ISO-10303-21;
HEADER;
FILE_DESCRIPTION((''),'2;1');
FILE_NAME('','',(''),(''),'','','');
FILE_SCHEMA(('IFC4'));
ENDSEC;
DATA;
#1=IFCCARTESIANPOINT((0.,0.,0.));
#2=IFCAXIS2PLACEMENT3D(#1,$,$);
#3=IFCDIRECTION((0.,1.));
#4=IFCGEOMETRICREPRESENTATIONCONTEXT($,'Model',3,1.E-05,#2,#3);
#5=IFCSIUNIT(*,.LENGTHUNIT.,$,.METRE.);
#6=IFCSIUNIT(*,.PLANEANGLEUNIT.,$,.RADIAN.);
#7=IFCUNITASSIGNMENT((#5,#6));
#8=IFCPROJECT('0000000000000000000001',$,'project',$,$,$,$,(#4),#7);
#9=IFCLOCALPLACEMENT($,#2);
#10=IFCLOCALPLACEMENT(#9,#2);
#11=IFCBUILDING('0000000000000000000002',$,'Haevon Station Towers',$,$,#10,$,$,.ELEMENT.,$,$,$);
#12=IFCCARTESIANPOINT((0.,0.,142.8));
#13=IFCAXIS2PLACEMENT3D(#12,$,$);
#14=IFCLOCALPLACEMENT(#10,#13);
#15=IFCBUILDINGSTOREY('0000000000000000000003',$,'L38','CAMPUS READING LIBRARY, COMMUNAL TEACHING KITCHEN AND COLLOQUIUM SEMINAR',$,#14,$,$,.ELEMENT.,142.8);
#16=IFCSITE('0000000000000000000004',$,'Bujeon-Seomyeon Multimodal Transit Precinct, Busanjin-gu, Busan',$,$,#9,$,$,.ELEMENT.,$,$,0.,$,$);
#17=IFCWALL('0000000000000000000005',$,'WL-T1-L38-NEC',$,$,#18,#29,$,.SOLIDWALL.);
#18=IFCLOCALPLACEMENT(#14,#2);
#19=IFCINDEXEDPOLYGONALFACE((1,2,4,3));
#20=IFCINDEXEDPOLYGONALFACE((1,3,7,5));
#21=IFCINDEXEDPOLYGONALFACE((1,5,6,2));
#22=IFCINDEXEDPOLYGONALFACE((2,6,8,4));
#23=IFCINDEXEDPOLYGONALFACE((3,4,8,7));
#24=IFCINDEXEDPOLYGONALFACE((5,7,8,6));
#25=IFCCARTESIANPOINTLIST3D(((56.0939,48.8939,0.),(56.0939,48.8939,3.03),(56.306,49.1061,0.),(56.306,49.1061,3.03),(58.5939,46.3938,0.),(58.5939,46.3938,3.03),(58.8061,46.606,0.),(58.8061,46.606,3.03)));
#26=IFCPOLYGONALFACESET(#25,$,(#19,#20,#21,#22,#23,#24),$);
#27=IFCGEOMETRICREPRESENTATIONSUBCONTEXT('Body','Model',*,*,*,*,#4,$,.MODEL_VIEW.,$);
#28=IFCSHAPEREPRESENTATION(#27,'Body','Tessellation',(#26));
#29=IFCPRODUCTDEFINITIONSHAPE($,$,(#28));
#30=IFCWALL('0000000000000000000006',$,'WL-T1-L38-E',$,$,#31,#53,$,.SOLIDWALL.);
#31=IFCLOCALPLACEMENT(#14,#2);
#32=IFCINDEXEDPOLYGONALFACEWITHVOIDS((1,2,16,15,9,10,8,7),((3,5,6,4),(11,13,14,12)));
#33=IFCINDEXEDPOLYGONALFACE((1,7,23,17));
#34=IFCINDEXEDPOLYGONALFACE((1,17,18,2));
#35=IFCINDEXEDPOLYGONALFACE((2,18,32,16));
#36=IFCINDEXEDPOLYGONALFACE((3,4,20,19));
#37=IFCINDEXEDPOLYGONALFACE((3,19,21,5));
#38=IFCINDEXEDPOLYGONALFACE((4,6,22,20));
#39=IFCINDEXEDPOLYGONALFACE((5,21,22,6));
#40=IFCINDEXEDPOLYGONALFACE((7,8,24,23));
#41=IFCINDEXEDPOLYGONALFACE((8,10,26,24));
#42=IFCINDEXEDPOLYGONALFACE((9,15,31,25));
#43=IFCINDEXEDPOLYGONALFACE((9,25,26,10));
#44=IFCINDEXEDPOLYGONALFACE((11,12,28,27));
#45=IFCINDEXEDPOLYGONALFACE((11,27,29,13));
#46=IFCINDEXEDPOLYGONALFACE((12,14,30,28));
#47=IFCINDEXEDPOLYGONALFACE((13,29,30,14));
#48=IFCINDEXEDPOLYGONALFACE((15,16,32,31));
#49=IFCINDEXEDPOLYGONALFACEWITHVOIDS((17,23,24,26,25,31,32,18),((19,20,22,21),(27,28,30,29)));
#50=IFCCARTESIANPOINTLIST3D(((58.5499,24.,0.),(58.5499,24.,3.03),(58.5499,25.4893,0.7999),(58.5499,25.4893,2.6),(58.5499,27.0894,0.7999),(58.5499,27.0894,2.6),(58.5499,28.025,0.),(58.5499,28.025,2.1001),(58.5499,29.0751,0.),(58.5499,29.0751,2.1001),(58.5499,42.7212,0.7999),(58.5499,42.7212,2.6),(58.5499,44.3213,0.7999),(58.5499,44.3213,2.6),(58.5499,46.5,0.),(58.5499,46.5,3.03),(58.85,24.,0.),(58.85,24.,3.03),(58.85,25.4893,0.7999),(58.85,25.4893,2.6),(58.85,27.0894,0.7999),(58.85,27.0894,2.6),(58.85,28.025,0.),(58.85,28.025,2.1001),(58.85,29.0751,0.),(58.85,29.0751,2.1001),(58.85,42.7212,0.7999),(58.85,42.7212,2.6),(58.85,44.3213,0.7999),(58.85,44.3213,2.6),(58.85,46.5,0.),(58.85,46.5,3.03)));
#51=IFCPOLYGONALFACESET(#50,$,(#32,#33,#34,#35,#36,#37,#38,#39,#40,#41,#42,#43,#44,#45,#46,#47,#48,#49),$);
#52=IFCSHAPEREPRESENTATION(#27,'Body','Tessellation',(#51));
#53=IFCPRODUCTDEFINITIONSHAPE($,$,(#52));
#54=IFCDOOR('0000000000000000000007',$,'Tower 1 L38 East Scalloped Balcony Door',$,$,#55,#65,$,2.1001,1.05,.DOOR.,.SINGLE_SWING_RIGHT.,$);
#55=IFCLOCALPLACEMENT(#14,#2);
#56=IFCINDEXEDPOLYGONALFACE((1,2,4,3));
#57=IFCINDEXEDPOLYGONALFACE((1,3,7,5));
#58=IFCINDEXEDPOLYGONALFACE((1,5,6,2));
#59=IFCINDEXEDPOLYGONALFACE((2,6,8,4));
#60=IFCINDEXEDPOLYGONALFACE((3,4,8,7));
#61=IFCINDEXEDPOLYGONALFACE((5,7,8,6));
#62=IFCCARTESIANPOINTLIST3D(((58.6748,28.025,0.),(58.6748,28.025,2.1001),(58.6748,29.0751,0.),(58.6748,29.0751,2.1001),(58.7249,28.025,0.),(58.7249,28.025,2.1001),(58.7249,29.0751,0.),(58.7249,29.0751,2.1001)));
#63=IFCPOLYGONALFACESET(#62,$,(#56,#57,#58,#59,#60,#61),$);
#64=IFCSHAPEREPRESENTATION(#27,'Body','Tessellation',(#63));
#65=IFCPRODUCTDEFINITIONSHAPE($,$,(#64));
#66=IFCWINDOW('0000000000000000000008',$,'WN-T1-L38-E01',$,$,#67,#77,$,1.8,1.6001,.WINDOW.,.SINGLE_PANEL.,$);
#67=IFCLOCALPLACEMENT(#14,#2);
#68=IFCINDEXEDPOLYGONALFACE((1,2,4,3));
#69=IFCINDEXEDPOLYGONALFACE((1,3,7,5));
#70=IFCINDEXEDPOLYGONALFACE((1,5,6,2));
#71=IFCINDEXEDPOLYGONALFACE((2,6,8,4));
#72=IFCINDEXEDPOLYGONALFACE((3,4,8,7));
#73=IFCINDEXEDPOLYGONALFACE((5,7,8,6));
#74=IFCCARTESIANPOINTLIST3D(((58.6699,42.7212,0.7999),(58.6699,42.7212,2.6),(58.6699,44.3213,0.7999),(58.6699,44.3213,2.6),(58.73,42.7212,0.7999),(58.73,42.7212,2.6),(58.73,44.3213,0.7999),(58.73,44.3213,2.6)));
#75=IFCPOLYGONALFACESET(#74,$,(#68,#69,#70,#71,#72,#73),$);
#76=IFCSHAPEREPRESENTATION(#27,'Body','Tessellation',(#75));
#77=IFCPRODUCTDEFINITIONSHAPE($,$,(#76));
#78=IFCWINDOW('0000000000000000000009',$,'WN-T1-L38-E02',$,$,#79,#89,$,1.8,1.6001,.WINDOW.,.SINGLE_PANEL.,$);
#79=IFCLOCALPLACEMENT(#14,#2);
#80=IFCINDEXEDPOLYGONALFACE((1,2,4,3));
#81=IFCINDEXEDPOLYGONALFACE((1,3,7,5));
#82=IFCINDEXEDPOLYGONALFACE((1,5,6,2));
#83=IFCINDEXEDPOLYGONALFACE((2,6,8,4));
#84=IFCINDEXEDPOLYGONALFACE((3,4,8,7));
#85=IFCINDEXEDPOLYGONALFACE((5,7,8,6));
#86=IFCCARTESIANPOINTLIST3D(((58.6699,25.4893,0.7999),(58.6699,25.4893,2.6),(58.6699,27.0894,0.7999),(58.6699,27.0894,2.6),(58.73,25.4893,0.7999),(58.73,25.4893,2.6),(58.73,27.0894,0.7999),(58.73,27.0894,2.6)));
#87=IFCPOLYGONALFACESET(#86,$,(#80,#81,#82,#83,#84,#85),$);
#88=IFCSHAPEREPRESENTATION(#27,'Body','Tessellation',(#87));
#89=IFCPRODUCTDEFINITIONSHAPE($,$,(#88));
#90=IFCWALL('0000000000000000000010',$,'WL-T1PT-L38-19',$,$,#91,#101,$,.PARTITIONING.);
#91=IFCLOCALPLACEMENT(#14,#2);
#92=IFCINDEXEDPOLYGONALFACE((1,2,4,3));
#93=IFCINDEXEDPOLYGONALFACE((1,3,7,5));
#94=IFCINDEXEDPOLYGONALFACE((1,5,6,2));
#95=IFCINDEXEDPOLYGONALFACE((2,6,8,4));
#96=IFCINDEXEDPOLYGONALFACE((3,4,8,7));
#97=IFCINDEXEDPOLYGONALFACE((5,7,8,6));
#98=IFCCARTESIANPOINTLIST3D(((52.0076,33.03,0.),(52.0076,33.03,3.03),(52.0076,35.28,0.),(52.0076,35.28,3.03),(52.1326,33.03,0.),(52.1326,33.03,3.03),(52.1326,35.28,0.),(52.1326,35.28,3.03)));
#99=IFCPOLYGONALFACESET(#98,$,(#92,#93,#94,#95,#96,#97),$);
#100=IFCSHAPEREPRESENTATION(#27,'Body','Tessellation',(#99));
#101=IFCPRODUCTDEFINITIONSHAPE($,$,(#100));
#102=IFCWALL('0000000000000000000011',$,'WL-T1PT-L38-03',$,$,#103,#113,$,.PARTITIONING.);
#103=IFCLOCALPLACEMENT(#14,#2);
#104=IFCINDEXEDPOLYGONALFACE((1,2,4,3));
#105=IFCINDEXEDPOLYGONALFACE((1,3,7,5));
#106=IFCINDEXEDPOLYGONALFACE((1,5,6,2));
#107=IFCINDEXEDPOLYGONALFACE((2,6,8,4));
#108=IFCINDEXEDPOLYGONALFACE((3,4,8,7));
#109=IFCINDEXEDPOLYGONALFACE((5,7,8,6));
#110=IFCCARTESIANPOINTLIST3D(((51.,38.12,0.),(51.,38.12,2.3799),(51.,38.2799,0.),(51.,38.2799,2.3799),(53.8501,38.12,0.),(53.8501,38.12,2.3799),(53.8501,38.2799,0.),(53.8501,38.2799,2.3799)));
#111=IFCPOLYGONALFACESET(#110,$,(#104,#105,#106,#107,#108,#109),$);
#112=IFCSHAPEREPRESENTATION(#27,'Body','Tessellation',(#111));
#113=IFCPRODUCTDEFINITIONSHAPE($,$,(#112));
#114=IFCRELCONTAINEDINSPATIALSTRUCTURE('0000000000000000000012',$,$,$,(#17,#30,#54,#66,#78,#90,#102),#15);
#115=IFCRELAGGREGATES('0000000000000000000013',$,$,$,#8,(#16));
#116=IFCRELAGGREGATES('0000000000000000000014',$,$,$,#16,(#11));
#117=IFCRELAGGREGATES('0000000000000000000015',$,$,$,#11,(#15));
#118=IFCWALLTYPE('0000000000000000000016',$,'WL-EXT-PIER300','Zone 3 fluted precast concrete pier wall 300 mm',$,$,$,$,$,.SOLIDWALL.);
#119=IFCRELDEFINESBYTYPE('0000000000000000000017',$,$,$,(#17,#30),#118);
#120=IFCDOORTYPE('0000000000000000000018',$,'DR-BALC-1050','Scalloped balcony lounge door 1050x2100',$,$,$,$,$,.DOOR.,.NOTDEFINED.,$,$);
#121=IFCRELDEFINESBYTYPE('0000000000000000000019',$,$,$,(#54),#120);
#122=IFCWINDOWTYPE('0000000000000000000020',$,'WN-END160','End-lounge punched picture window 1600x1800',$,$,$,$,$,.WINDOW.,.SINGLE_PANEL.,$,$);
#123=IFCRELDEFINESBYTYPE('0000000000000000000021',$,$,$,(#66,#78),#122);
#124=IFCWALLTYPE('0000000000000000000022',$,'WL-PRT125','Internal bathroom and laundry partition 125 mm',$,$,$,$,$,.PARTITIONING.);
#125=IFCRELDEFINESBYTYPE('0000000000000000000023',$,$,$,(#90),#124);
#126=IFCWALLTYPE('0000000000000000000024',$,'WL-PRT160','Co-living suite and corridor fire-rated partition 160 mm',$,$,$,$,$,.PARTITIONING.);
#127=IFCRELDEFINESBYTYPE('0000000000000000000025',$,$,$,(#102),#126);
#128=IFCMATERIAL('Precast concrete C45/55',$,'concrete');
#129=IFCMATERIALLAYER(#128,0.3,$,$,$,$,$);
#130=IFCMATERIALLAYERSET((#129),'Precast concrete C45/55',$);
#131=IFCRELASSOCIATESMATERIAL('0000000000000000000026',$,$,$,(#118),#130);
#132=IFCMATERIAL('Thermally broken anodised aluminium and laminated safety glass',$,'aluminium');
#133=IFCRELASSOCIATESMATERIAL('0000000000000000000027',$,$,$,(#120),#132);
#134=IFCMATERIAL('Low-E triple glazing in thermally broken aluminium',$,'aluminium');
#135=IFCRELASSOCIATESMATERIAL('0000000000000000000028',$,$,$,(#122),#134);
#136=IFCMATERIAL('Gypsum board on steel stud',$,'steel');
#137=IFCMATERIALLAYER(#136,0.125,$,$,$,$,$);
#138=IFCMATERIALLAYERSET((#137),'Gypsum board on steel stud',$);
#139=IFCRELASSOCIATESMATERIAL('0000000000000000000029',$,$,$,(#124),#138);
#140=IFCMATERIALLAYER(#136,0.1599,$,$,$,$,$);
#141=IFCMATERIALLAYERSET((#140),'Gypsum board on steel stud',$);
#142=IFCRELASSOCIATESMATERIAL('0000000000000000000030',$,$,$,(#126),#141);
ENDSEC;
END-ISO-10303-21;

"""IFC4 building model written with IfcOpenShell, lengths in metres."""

from ifc_helpers import new_model, si_unit, direction, frame, frame_2d, origin, place, context, subcontext, project, spatial, rectangle, extrude, material, layer, layer_set, type_object, element, fill, save


model = new_model("IFC4")

# Units and contexts
model_context = context("Model", 3, precision=1e-05, world=origin(), true_north=direction((0.0, 1.0)))
body_context = subcontext(model_context, "Body", "Model", "MODEL_VIEW")
ifc_project = project(units=[si_unit("LENGTHUNIT", "METRE"), si_unit("PLANEANGLEUNIT", "RADIAN")], contexts=[model_context])

# Site, building, storey
site_placement = place(None, origin())
site = spatial("IfcSite", under=ifc_project, at=site_placement, Name="Bujeon-Seomyeon Multimodal Transit Precinct, Busanjin-gu, Busan", CompositionType="ELEMENT", RefElevation=0.0)
building_placement = place(site_placement, origin())
building = spatial("IfcBuilding", under=site, at=building_placement, Name="Haevon Station Towers", CompositionType="ELEMENT")
storey_placement = place(building_placement, frame((0.0, 0.0, 142.8)))
storey = spatial("IfcBuildingStorey", under=building, at=storey_placement, Name="L38", Description="CAMPUS READING LIBRARY, COMMUNAL TEACHING KITCHEN AND COLLOQUIUM SEMINAR", CompositionType="ELEMENT", Elevation=142.8)

# Wall
ifc_material_1 = material(Name="Precast concrete C45/55", Category="concrete")
ifc_layer_1 = layer(ifc_material_1, 0.3)
ifc_layer_set_1 = layer_set([ifc_layer_1], Name="Precast concrete C45/55")
wall_type_1 = type_object("IfcWallType", Name="WL-EXT-PIER300", Description="Zone 3 fluted precast concrete pier wall 300 mm", PredefinedType="SOLIDWALL", material=ifc_layer_set_1)
wall_1_placement = place(storey_placement, frame((56.2, 49.0, 0.0), z_axis=(0.0, 0.0, 1.0), x_axis=(0.707107, -0.707107, 0.0)))
element("IfcWall", 1, at=wall_1_placement, inside=storey, type_object=wall_type_1, Name="WL-T1-L38-NEC", PredefinedType="SOLIDWALL", context=body_context, shape_type="SweptSolid", body=[
    extrude(rectangle(XDim=3.5356, YDim=0.3, at=frame_2d((1.7678, 0.0))), origin(), (0.0, 0.0, 1.0), 3.03),
])

# Wall, openings, door, windows
wall_2_placement = place(storey_placement, frame((58.7, 46.5, 0.0), z_axis=(0.0, 0.0, 1.0), x_axis=(0.0, -1.0, 0.0)))
wall_2 = element("IfcWall", 2, at=wall_2_placement, inside=storey, type_object=wall_type_1, Name="WL-T1-L38-E", PredefinedType="SOLIDWALL", context=body_context, shape_type="SweptSolid", body=[
    extrude(rectangle(XDim=22.5, YDim=0.3, at=frame_2d((11.25, 0.0))), origin(), (0.0, 0.0, 1.0), 3.03),
])
opening_1_placement = place(wall_2_placement, frame((17.425, 0.0, 0.0)))
opening_1 = element("IfcOpeningElement", 3, at=opening_1_placement, cuts=wall_2, PredefinedType="OPENING", context=body_context, shape_type="SweptSolid", body=[
    extrude(rectangle(XDim=1.05, YDim=2.1001, at=frame_2d((0.5249, 1.05))), frame((0.0, 0.1599, 0.0), z_axis=(0.0, -1.0, 0.0), x_axis=(1.0, 0.0, 0.0)), (0.0, 0.0, 1.0), 0.3201),
])
opening_2_placement = place(wall_2_placement, frame((2.1787, 0.0, 0.8)))
opening_2 = element("IfcOpeningElement", 4, at=opening_2_placement, cuts=wall_2, PredefinedType="OPENING", context=body_context, shape_type="SweptSolid", body=[
    extrude(rectangle(XDim=1.6001, YDim=1.8, at=frame_2d((0.8, 0.8999))), frame((0.0, 0.1599, 0.0), z_axis=(0.0, -1.0, 0.0), x_axis=(1.0, 0.0, 0.0)), (0.0, 0.0, 1.0), 0.3201),
])
opening_3_placement = place(wall_2_placement, frame((19.4106, 0.0, 0.8)))
opening_3 = element("IfcOpeningElement", 5, at=opening_3_placement, cuts=wall_2, PredefinedType="OPENING", context=body_context, shape_type="SweptSolid", body=[
    extrude(rectangle(XDim=1.6001, YDim=1.8, at=frame_2d((0.8, 0.8999))), frame((0.0, 0.1599, 0.0), z_axis=(0.0, -1.0, 0.0), x_axis=(1.0, 0.0, 0.0)), (0.0, 0.0, 1.0), 0.3201),
])
ifc_material_2 = material(Name="Thermally broken anodised aluminium and laminated safety glass", Category="aluminium")
door_type = type_object("IfcDoorType", Name="DR-BALC-1050", Description="Scalloped balcony lounge door 1050x2100", OperationType="NOTDEFINED", PredefinedType="DOOR", material=ifc_material_2)
door_placement = place(opening_1_placement, origin())
door = element("IfcDoor", 6, at=door_placement, inside=storey, type_object=door_type, Name="Tower 1 L38 East Scalloped Balcony Door", OperationType="SINGLE_SWING_RIGHT", OverallHeight=2.1001, OverallWidth=1.05, PredefinedType="DOOR", context=body_context, shape_type="SweptSolid", body=[
    extrude(rectangle(XDim=1.05, YDim=2.1001, at=frame_2d((0.5249, 1.05))), frame((0.0, 0.0249, 0.0), z_axis=(0.0, -1.0, 0.0), x_axis=(1.0, 0.0, 0.0)), (0.0, 0.0, 1.0), 0.05),
])
fill(opening_1, door)
ifc_material_3 = material(Name="Low-E triple glazing in thermally broken aluminium", Category="aluminium")
window_type = type_object("IfcWindowType", Name="WN-END160", Description="End-lounge punched picture window 1600x1800", PartitioningType="SINGLE_PANEL", PredefinedType="WINDOW", material=ifc_material_3)
window_1_placement = place(opening_2_placement, origin())
window_1 = element("IfcWindow", 7, at=window_1_placement, inside=storey, type_object=window_type, Name="WN-T1-L38-E01", OverallHeight=1.8, OverallWidth=1.6001, PartitioningType="SINGLE_PANEL", PredefinedType="WINDOW", context=body_context, shape_type="SweptSolid", body=[
    extrude(rectangle(XDim=1.6001, YDim=1.8, at=frame_2d((0.8, 0.8999))), frame((0.0, 0.03, 0.0), z_axis=(0.0, -1.0, 0.0), x_axis=(1.0, 0.0, 0.0)), (0.0, 0.0, 1.0), 0.0601),
])
fill(opening_2, window_1)
window_2_placement = place(opening_3_placement, origin())
window_2 = element("IfcWindow", 8, at=window_2_placement, inside=storey, type_object=window_type, Name="WN-T1-L38-E02", OverallHeight=1.8, OverallWidth=1.6001, PartitioningType="SINGLE_PANEL", PredefinedType="WINDOW", context=body_context, shape_type="SweptSolid", body=[
    extrude(rectangle(XDim=1.6001, YDim=1.8, at=frame_2d((0.8, 0.8999))), frame((0.0, 0.03, 0.0), z_axis=(0.0, -1.0, 0.0), x_axis=(1.0, 0.0, 0.0)), (0.0, 0.0, 1.0), 0.0601),
])
fill(opening_3, window_2)

# Walls
ifc_material_4 = material(Name="Gypsum board on steel stud", Category="steel")
ifc_layer_2 = layer(ifc_material_4, 0.125)
ifc_layer_set_2 = layer_set([ifc_layer_2], Name="Gypsum board on steel stud")
wall_type_2 = type_object("IfcWallType", Name="WL-PRT125", Description="Internal bathroom and laundry partition 125 mm", PredefinedType="PARTITIONING", material=ifc_layer_set_2)
wall_3_placement = place(storey_placement, frame((52.0701, 33.03, 0.0), z_axis=(0.0, 0.0, 1.0), x_axis=(0.0, 1.0, 0.0)))
element("IfcWall", 9, at=wall_3_placement, inside=storey, type_object=wall_type_2, Name="WL-T1PT-L38-19", PredefinedType="PARTITIONING", context=body_context, shape_type="SweptSolid", body=[
    extrude(rectangle(XDim=2.25, YDim=0.125, at=frame_2d((1.125, 0.0))), origin(), (0.0, 0.0, 1.0), 3.03),
])
ifc_layer_3 = layer(ifc_material_4, 0.1599)
ifc_layer_set_3 = layer_set([ifc_layer_3], Name="Gypsum board on steel stud")
wall_type_3 = type_object("IfcWallType", Name="WL-PRT160", Description="Co-living suite and corridor fire-rated partition 160 mm", PredefinedType="PARTITIONING", material=ifc_layer_set_3)
wall_4_placement = place(storey_placement, frame((51.0, 38.2, 0.0), z_axis=(0.0, 0.0, 1.0), x_axis=(1.0, 0.0, 0.0)))
element("IfcWall", 10, at=wall_4_placement, inside=storey, type_object=wall_type_3, Name="WL-T1PT-L38-03", PredefinedType="PARTITIONING", context=body_context, shape_type="SweptSolid", body=[
    extrude(rectangle(XDim=2.8501, YDim=0.1599, at=frame_2d((1.425, 0.0))), origin(), (0.0, 0.0, 1.0), 2.3799),
])

save(model, "model.ifc")
